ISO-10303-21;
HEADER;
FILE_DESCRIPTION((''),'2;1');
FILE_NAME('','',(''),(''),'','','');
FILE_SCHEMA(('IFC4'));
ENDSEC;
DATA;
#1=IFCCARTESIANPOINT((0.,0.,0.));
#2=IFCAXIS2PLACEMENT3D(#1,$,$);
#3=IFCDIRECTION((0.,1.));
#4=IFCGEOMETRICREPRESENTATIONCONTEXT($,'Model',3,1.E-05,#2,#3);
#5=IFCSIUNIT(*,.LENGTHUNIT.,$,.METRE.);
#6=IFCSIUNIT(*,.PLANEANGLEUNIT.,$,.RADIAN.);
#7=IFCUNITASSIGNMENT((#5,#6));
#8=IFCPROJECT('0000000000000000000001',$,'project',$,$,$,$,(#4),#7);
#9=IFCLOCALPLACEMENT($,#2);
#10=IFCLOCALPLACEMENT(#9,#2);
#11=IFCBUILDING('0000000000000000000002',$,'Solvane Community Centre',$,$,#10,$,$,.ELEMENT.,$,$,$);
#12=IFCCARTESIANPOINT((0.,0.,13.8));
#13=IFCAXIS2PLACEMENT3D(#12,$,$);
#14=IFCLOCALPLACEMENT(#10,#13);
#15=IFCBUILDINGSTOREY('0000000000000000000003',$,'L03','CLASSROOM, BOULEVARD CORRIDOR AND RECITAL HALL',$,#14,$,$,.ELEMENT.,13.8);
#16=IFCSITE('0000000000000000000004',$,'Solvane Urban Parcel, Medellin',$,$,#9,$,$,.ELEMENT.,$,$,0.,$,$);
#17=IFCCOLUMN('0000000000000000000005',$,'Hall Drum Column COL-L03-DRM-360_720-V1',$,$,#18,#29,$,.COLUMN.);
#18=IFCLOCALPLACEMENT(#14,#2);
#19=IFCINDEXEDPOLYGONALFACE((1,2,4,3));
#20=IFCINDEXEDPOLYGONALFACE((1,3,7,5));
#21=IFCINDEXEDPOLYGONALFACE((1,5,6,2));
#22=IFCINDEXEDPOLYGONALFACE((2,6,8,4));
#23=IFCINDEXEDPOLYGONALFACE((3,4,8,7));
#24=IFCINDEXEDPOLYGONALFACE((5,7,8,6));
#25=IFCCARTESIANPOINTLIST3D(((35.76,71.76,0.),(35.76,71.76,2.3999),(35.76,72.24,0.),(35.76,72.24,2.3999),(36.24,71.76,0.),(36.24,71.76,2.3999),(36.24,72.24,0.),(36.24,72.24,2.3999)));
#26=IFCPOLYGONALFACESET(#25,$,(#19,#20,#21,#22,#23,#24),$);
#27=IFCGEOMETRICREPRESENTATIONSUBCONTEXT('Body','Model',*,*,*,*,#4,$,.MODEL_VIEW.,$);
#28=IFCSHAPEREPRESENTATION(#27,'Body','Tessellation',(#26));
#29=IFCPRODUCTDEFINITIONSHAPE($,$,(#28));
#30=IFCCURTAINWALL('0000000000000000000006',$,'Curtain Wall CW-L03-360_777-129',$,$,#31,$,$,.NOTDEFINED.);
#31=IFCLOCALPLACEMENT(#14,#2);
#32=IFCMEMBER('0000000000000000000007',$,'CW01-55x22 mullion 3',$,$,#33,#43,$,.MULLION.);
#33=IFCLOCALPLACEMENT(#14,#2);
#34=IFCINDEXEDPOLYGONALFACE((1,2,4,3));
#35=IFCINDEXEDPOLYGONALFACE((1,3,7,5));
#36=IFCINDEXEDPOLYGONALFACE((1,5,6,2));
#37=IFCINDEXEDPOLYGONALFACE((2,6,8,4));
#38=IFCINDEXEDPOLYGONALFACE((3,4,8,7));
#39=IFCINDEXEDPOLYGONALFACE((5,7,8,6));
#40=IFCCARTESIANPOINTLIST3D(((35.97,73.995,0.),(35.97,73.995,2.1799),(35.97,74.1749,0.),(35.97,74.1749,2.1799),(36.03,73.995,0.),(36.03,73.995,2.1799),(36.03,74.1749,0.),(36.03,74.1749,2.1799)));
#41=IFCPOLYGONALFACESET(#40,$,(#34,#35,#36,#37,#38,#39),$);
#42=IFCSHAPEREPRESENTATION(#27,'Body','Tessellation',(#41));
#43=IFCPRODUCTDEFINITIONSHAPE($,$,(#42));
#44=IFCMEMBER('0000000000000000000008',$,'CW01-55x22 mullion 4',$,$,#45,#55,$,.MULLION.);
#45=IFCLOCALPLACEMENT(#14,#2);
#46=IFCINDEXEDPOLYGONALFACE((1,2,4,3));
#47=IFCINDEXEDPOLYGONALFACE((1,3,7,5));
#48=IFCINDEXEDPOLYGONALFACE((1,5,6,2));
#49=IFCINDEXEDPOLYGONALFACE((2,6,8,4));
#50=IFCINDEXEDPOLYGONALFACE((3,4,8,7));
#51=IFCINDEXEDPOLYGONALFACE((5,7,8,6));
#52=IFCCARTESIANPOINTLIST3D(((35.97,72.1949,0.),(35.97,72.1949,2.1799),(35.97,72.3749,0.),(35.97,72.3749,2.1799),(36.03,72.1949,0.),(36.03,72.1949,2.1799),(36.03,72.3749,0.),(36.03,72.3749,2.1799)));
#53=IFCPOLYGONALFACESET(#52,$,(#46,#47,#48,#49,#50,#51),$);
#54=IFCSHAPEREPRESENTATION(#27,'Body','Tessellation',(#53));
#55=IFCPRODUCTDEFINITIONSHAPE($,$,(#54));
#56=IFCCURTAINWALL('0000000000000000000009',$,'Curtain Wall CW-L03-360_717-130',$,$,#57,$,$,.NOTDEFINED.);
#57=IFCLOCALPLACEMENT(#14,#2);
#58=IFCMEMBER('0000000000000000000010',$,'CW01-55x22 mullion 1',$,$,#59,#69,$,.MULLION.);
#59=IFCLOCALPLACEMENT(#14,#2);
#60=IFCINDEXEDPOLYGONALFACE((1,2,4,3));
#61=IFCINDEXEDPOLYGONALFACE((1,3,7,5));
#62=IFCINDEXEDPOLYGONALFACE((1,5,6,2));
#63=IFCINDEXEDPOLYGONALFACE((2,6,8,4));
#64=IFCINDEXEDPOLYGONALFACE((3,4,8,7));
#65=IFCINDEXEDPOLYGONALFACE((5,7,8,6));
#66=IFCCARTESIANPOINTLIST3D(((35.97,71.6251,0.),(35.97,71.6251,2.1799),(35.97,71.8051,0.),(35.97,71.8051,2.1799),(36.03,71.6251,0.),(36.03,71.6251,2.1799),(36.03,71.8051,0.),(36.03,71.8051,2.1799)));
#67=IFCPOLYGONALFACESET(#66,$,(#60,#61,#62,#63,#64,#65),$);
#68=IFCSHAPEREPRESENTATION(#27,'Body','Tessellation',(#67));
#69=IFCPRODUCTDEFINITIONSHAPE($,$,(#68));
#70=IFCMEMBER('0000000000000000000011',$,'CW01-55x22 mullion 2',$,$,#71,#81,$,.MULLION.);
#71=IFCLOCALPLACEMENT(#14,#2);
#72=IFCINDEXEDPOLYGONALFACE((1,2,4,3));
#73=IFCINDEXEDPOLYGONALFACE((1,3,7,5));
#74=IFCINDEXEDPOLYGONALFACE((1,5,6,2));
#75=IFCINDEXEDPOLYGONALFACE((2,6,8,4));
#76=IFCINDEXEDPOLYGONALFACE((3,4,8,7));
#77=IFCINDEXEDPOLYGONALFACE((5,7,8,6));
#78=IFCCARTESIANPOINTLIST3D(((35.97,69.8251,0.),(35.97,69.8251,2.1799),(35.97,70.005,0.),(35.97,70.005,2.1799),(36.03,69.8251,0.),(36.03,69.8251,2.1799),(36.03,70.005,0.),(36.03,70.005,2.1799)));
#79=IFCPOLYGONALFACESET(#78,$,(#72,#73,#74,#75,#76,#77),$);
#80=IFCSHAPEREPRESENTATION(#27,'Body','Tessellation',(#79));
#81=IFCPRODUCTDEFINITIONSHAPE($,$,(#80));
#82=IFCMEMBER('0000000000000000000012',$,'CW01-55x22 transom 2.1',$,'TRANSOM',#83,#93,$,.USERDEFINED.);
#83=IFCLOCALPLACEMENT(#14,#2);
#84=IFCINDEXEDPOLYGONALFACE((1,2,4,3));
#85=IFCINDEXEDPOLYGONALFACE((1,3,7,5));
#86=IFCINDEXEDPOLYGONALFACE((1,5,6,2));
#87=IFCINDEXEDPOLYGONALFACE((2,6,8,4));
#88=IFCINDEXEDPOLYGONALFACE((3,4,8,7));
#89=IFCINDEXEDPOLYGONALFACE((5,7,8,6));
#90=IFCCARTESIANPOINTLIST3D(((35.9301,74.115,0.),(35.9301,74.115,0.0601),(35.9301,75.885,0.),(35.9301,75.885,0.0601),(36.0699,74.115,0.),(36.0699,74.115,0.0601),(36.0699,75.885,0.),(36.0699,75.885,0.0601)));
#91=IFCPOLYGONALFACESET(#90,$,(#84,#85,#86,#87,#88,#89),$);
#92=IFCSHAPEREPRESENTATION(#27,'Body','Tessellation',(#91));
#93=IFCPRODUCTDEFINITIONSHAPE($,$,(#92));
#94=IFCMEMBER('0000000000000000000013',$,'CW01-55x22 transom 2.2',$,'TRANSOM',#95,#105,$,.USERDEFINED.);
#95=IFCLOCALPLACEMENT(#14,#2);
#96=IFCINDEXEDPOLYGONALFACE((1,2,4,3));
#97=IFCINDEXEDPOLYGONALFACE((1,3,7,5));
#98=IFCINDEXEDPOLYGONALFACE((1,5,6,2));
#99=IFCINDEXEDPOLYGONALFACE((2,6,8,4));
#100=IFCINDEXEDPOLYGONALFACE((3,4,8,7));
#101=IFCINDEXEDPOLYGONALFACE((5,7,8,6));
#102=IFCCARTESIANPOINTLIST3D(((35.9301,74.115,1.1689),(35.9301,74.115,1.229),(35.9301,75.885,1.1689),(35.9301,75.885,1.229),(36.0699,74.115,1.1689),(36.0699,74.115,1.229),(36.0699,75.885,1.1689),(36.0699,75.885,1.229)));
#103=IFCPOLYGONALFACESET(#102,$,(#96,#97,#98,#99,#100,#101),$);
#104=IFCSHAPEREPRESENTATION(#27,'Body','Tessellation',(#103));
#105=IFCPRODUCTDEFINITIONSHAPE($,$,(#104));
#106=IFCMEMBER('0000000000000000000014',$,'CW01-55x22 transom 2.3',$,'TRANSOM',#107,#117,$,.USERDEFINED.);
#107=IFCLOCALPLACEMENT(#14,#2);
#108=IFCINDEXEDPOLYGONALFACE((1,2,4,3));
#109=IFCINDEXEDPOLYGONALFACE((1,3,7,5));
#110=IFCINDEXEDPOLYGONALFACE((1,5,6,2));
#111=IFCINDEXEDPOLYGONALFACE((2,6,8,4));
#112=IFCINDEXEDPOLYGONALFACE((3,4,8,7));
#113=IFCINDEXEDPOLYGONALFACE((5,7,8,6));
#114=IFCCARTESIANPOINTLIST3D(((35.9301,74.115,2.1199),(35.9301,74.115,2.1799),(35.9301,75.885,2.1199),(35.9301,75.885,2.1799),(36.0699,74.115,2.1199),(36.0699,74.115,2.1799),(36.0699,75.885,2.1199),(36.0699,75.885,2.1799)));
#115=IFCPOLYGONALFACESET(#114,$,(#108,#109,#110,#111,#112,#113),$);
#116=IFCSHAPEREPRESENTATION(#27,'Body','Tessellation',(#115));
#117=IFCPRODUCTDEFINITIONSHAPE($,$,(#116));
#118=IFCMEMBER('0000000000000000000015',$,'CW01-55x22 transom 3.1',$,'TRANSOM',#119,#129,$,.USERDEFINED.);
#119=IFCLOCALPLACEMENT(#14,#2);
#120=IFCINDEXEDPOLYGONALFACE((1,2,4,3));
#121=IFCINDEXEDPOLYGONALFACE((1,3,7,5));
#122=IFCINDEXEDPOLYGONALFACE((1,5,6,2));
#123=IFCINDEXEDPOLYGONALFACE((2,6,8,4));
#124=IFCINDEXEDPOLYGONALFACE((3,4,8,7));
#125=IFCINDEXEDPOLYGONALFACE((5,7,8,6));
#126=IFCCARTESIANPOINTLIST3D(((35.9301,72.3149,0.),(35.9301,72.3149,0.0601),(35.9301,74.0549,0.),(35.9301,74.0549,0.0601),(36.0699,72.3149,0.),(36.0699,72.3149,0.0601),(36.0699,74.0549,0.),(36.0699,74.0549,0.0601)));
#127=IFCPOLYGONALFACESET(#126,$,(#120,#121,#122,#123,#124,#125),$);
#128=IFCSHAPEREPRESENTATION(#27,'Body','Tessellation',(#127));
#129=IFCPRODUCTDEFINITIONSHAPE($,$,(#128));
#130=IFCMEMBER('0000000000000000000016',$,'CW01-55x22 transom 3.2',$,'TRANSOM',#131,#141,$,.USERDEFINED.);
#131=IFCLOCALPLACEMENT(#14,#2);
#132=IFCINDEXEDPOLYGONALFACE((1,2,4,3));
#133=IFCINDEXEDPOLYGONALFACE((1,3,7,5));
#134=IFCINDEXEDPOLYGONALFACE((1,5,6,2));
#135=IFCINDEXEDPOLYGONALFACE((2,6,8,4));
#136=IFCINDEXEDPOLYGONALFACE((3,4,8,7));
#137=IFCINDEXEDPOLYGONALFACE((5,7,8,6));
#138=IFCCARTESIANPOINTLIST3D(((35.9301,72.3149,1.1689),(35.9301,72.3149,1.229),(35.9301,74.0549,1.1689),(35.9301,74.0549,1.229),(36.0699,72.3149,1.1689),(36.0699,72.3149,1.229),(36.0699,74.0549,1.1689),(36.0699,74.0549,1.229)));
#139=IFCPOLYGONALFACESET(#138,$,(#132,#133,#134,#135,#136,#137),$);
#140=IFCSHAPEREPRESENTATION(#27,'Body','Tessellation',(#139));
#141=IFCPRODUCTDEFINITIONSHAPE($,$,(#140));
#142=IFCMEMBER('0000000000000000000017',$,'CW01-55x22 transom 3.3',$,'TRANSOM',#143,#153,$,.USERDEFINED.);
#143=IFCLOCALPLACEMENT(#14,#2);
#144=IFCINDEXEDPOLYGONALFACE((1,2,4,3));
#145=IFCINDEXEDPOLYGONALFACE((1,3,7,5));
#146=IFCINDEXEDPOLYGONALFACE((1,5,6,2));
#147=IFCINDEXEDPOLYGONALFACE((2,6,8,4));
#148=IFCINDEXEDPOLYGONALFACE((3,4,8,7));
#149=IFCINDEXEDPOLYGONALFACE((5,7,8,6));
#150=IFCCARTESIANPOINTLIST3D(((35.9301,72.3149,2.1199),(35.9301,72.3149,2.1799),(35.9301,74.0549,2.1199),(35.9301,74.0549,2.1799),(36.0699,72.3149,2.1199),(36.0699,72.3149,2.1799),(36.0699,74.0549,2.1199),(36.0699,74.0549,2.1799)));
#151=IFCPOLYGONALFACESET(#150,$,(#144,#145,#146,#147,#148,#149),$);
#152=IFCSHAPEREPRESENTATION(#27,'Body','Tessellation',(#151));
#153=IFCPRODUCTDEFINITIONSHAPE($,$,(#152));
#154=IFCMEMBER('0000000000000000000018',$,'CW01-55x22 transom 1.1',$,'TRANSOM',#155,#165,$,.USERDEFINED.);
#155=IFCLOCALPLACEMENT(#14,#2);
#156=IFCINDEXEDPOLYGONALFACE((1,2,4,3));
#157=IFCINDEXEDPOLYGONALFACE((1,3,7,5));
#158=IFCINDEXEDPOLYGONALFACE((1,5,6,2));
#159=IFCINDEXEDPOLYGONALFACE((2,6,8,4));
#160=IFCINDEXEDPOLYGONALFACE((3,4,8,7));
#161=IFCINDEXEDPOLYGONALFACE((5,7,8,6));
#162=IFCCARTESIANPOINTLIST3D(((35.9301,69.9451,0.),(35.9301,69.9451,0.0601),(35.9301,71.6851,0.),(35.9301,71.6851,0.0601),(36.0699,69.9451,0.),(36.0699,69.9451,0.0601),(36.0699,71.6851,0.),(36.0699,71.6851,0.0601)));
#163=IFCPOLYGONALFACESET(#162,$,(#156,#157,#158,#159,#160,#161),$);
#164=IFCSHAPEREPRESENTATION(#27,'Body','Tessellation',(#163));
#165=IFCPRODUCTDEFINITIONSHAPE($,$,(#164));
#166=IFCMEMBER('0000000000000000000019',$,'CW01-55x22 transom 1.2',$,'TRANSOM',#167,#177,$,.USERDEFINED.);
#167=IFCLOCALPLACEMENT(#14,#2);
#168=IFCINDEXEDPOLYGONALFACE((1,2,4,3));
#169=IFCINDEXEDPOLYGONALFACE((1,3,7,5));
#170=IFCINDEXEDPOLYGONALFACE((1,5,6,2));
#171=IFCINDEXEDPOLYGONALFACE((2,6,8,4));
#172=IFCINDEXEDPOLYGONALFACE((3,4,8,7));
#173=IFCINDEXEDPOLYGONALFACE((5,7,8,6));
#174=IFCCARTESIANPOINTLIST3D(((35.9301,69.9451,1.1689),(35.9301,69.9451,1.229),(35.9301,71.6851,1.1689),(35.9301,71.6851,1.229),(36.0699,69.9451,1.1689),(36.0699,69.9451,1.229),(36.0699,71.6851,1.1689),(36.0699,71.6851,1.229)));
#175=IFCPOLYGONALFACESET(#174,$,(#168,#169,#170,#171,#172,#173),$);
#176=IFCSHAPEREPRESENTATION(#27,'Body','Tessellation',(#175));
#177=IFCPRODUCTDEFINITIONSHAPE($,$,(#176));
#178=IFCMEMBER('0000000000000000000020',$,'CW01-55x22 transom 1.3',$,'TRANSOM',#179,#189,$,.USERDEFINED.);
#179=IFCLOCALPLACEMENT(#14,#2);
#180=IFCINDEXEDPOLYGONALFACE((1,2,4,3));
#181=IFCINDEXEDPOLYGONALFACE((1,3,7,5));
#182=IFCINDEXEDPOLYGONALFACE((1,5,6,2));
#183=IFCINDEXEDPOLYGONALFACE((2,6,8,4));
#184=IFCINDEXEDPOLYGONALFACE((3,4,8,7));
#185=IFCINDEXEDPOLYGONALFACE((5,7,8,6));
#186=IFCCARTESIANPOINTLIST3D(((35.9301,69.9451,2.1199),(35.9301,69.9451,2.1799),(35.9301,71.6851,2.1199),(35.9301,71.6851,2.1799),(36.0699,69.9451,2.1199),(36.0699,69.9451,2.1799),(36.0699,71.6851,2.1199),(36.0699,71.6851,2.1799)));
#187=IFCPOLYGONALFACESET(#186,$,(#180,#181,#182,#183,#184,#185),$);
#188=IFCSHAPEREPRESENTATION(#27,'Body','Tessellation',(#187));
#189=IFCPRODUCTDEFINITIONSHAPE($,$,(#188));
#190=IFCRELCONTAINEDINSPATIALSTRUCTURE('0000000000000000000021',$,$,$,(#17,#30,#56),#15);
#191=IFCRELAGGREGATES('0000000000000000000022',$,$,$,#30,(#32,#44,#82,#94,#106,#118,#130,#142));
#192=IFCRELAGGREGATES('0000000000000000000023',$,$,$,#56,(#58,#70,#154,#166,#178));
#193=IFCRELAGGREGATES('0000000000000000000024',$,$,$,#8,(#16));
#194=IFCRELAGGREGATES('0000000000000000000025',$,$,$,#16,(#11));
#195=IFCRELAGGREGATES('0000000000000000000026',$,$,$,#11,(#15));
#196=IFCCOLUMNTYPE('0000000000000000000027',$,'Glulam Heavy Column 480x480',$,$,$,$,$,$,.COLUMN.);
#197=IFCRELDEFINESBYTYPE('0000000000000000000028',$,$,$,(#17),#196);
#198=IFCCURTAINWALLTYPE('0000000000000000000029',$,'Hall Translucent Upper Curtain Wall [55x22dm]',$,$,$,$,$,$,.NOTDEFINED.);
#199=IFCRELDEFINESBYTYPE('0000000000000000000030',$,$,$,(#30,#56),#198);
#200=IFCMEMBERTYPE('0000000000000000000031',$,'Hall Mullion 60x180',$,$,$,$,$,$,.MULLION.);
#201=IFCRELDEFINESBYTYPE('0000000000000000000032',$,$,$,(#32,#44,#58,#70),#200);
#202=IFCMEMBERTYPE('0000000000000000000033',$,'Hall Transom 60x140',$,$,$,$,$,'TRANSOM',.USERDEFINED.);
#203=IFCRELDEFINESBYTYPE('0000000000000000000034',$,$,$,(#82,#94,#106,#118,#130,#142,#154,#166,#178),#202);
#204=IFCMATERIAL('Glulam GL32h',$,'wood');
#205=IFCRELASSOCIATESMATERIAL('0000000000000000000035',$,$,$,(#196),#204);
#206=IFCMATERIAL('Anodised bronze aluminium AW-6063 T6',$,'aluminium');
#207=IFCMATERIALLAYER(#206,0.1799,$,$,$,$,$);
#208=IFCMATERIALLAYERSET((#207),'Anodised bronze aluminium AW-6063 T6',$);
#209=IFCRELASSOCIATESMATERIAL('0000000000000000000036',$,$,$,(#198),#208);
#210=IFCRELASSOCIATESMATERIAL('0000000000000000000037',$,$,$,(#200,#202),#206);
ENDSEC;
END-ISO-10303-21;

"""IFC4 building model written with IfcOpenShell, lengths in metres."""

from ifc_helpers import new_model, si_unit, direction, frame, origin, origin_2d, place, context, subcontext, project, spatial, rectangle, extrude, material, layer, layer_set, material_profile, profile_set, type_object, element, aggregate, save


model = new_model("IFC4")

# Units and contexts
model_context = context("Model", 3, precision=1e-05, world=origin(), true_north=direction((0.0, 1.0)))
body_context = subcontext(model_context, "Body", "Model", "MODEL_VIEW")
ifc_project = project(units=[si_unit("LENGTHUNIT", "METRE"), si_unit("PLANEANGLEUNIT", "RADIAN")], contexts=[model_context])

# Site, building, storey
site_placement = place(None, origin())
site = spatial("IfcSite", under=ifc_project, at=site_placement, Name="Solvane Urban Parcel, Medellin", CompositionType="ELEMENT", RefElevation=0.0)
building_placement = place(site_placement, origin())
building = spatial("IfcBuilding", under=site, at=building_placement, Name="Solvane Community Centre", CompositionType="ELEMENT")
storey_placement = place(building_placement, frame((0.0, 0.0, 13.8)))
storey = spatial("IfcBuildingStorey", under=building, at=storey_placement, Name="L03", Description="CLASSROOM, BOULEVARD CORRIDOR AND RECITAL HALL", CompositionType="ELEMENT", Elevation=13.8)

# Column
ifc_material_1 = material(Name="Glulam GL32h", Category="wood")
ifc_material_profile_1 = material_profile(ifc_material_1, rectangle(XDim=0.48, YDim=0.48, at=origin_2d()), Name="GL32h 480x480")
ifc_profile_set_1 = profile_set([ifc_material_profile_1], Name="Glulam GL32h")
column_type = type_object("IfcColumnType", Name="Glulam Heavy Column 480x480", PredefinedType="COLUMN", material=ifc_profile_set_1)
column_placement = place(storey_placement, frame((36.0, 72.0, 0.0), z_axis=(0.0, 0.0, 1.0), x_axis=(1.0, 0.0, 0.0)))
element("IfcColumn", 1, at=column_placement, inside=storey, type_object=column_type, Name="Hall Drum Column COL-L03-DRM-360_720-V1", PredefinedType="COLUMN", context=body_context, shape_type="SweptSolid", body=[
    extrude(rectangle(XDim=0.48, YDim=0.48, at=origin_2d()), origin(), (0.0, 0.0, 1.0), 2.3999),
])

# Curtain walls, members
ifc_material_2 = material(Name="Anodised bronze aluminium AW-6063 T6", Category="aluminium")
ifc_layer_1 = layer(ifc_material_2, 0.1799)
ifc_layer_set_1 = layer_set([ifc_layer_1], Name="Anodised bronze aluminium AW-6063 T6")
curtain_wall_type = type_object("IfcCurtainWallType", Name="Hall Translucent Upper Curtain Wall [55x22dm]", PredefinedType="NOTDEFINED", material=ifc_layer_set_1)
curtain_wall_1_placement = place(storey_placement, origin())
curtain_wall_1 = element("IfcCurtainWall", 2, at=curtain_wall_1_placement, inside=storey, type_object=curtain_wall_type, Name="Curtain Wall CW-L03-360_777-129", PredefinedType="NOTDEFINED")
ifc_material_profile_2 = material_profile(ifc_material_2, rectangle(XDim=0.0601, YDim=0.1799, at=origin_2d()), Name="CW-M 60x180")
ifc_profile_set_2 = profile_set([ifc_material_profile_2], Name="Anodised bronze aluminium AW-6063 T6")
member_type_1 = type_object("IfcMemberType", Name="Hall Mullion 60x180", PredefinedType="MULLION", material=ifc_profile_set_2)
member_1_placement = place(storey_placement, frame((36.0, 74.085, 0.0), z_axis=(0.0, 0.0, 1.0), x_axis=(1.0, 0.0, 0.0)))
member_1 = element("IfcMember", 3, at=member_1_placement, type_object=member_type_1, Name="CW01-55x22 mullion 3", PredefinedType="MULLION", context=body_context, shape_type="SweptSolid", body=[
    extrude(rectangle(XDim=0.0601, YDim=0.1799, at=origin_2d()), origin(), (0.0, 0.0, 1.0), 2.1799),
])
member_2_placement = place(storey_placement, frame((36.0, 72.2849, 0.0), z_axis=(0.0, 0.0, 1.0), x_axis=(1.0, 0.0, 0.0)))
member_2 = element("IfcMember", 4, at=member_2_placement, type_object=member_type_1, Name="CW01-55x22 mullion 4", PredefinedType="MULLION", context=body_context, shape_type="SweptSolid", body=[
    extrude(rectangle(XDim=0.0601, YDim=0.1799, at=origin_2d()), origin(), (0.0, 0.0, 1.0), 2.1799),
])
curtain_wall_2_placement = place(storey_placement, origin())
curtain_wall_2 = element("IfcCurtainWall", 5, at=curtain_wall_2_placement, inside=storey, type_object=curtain_wall_type, Name="Curtain Wall CW-L03-360_717-130", PredefinedType="NOTDEFINED")
member_3_placement = place(storey_placement, frame((36.0, 71.7151, 0.0), z_axis=(0.0, 0.0, 1.0), x_axis=(1.0, 0.0, 0.0)))
member_3 = element("IfcMember", 6, at=member_3_placement, type_object=member_type_1, Name="CW01-55x22 mullion 1", PredefinedType="MULLION", context=body_context, shape_type="SweptSolid", body=[
    extrude(rectangle(XDim=0.0601, YDim=0.1799, at=origin_2d()), origin(), (0.0, 0.0, 1.0), 2.1799),
])
member_4_placement = place(storey_placement, frame((36.0, 69.915, 0.0), z_axis=(0.0, 0.0, 1.0), x_axis=(1.0, 0.0, 0.0)))
member_4 = element("IfcMember", 7, at=member_4_placement, type_object=member_type_1, Name="CW01-55x22 mullion 2", PredefinedType="MULLION", context=body_context, shape_type="SweptSolid", body=[
    extrude(rectangle(XDim=0.0601, YDim=0.1799, at=origin_2d()), origin(), (0.0, 0.0, 1.0), 2.1799),
])

# Members
ifc_material_profile_3 = material_profile(ifc_material_2, rectangle(XDim=0.1399, YDim=0.0601, at=origin_2d()), Name="CW-T 60x140")
ifc_profile_set_3 = profile_set([ifc_material_profile_3], Name="Anodised bronze aluminium AW-6063 T6")
member_type_2 = type_object("IfcMemberType", Name="Hall Transom 60x140", ElementType="TRANSOM", PredefinedType="USERDEFINED", material=ifc_profile_set_3)
member_5_placement = place(storey_placement, frame((36.0, 75.885, 0.03), z_axis=(0.0, -1.0, 0.0), x_axis=(1.0, 0.0, 0.0)))
member_5 = element("IfcMember", 8, at=member_5_placement, type_object=member_type_2, Name="CW01-55x22 transom 2.1", ObjectType="TRANSOM", PredefinedType="USERDEFINED", context=body_context, shape_type="SweptSolid", body=[
    extrude(rectangle(XDim=0.1399, YDim=0.0601, at=origin_2d()), origin(), (0.0, 0.0, 1.0), 1.77),
])
member_6_placement = place(storey_placement, frame((36.0, 75.885, 1.199), z_axis=(0.0, -1.0, 0.0), x_axis=(1.0, 0.0, 0.0)))
member_6 = element("IfcMember", 9, at=member_6_placement, type_object=member_type_2, Name="CW01-55x22 transom 2.2", ObjectType="TRANSOM", PredefinedType="USERDEFINED", context=body_context, shape_type="SweptSolid", body=[
    extrude(rectangle(XDim=0.1399, YDim=0.0601, at=origin_2d()), origin(), (0.0, 0.0, 1.0), 1.77),
])
member_7_placement = place(storey_placement, frame((36.0, 75.885, 2.1499), z_axis=(0.0, -1.0, 0.0), x_axis=(1.0, 0.0, 0.0)))
member_7 = element("IfcMember", 10, at=member_7_placement, type_object=member_type_2, Name="CW01-55x22 transom 2.3", ObjectType="TRANSOM", PredefinedType="USERDEFINED", context=body_context, shape_type="SweptSolid", body=[
    extrude(rectangle(XDim=0.1399, YDim=0.0601, at=origin_2d()), origin(), (0.0, 0.0, 1.0), 1.77),
])
member_8_placement = place(storey_placement, frame((36.0, 74.0549, 0.03), z_axis=(0.0, -1.0, 0.0), x_axis=(1.0, 0.0, 0.0)))
member_8 = element("IfcMember", 11, at=member_8_placement, type_object=member_type_2, Name="CW01-55x22 transom 3.1", ObjectType="TRANSOM", PredefinedType="USERDEFINED", context=body_context, shape_type="SweptSolid", body=[
    extrude(rectangle(XDim=0.1399, YDim=0.0601, at=origin_2d()), origin(), (0.0, 0.0, 1.0), 1.74),
])
member_9_placement = place(storey_placement, frame((36.0, 74.0549, 1.199), z_axis=(0.0, -1.0, 0.0), x_axis=(1.0, 0.0, 0.0)))
member_9 = element("IfcMember", 12, at=member_9_placement, type_object=member_type_2, Name="CW01-55x22 transom 3.2", ObjectType="TRANSOM", PredefinedType="USERDEFINED", context=body_context, shape_type="SweptSolid", body=[
    extrude(rectangle(XDim=0.1399, YDim=0.0601, at=origin_2d()), origin(), (0.0, 0.0, 1.0), 1.74),
])
member_10_placement = place(storey_placement, frame((36.0, 74.0549, 2.1499), z_axis=(0.0, -1.0, 0.0), x_axis=(1.0, 0.0, 0.0)))
member_10 = element("IfcMember", 13, at=member_10_placement, type_object=member_type_2, Name="CW01-55x22 transom 3.3", ObjectType="TRANSOM", PredefinedType="USERDEFINED", context=body_context, shape_type="SweptSolid", body=[
    extrude(rectangle(XDim=0.1399, YDim=0.0601, at=origin_2d()), origin(), (0.0, 0.0, 1.0), 1.74),
])
member_11_placement = place(storey_placement, frame((36.0, 71.6851, 0.03), z_axis=(0.0, -1.0, 0.0), x_axis=(1.0, 0.0, 0.0)))
member_11 = element("IfcMember", 14, at=member_11_placement, type_object=member_type_2, Name="CW01-55x22 transom 1.1", ObjectType="TRANSOM", PredefinedType="USERDEFINED", context=body_context, shape_type="SweptSolid", body=[
    extrude(rectangle(XDim=0.1399, YDim=0.0601, at=origin_2d()), origin(), (0.0, 0.0, 1.0), 1.74),
])
member_12_placement = place(storey_placement, frame((36.0, 71.6851, 1.199), z_axis=(0.0, -1.0, 0.0), x_axis=(1.0, 0.0, 0.0)))
member_12 = element("IfcMember", 15, at=member_12_placement, type_object=member_type_2, Name="CW01-55x22 transom 1.2", ObjectType="TRANSOM", PredefinedType="USERDEFINED", context=body_context, shape_type="SweptSolid", body=[
    extrude(rectangle(XDim=0.1399, YDim=0.0601, at=origin_2d()), origin(), (0.0, 0.0, 1.0), 1.74),
])
member_13_placement = place(storey_placement, frame((36.0, 71.6851, 2.1499), z_axis=(0.0, -1.0, 0.0), x_axis=(1.0, 0.0, 0.0)))
member_13 = element("IfcMember", 16, at=member_13_placement, type_object=member_type_2, Name="CW01-55x22 transom 1.3", ObjectType="TRANSOM", PredefinedType="USERDEFINED", context=body_context, shape_type="SweptSolid", body=[
    extrude(rectangle(XDim=0.1399, YDim=0.0601, at=origin_2d()), origin(), (0.0, 0.0, 1.0), 1.74),
])

aggregate(curtain_wall_1, [member_1, member_2, member_5, member_6, member_7, member_8, member_9, member_10])
aggregate(curtain_wall_2, [member_3, member_4, member_11, member_12, member_13])

save(model, "model.ifc")
